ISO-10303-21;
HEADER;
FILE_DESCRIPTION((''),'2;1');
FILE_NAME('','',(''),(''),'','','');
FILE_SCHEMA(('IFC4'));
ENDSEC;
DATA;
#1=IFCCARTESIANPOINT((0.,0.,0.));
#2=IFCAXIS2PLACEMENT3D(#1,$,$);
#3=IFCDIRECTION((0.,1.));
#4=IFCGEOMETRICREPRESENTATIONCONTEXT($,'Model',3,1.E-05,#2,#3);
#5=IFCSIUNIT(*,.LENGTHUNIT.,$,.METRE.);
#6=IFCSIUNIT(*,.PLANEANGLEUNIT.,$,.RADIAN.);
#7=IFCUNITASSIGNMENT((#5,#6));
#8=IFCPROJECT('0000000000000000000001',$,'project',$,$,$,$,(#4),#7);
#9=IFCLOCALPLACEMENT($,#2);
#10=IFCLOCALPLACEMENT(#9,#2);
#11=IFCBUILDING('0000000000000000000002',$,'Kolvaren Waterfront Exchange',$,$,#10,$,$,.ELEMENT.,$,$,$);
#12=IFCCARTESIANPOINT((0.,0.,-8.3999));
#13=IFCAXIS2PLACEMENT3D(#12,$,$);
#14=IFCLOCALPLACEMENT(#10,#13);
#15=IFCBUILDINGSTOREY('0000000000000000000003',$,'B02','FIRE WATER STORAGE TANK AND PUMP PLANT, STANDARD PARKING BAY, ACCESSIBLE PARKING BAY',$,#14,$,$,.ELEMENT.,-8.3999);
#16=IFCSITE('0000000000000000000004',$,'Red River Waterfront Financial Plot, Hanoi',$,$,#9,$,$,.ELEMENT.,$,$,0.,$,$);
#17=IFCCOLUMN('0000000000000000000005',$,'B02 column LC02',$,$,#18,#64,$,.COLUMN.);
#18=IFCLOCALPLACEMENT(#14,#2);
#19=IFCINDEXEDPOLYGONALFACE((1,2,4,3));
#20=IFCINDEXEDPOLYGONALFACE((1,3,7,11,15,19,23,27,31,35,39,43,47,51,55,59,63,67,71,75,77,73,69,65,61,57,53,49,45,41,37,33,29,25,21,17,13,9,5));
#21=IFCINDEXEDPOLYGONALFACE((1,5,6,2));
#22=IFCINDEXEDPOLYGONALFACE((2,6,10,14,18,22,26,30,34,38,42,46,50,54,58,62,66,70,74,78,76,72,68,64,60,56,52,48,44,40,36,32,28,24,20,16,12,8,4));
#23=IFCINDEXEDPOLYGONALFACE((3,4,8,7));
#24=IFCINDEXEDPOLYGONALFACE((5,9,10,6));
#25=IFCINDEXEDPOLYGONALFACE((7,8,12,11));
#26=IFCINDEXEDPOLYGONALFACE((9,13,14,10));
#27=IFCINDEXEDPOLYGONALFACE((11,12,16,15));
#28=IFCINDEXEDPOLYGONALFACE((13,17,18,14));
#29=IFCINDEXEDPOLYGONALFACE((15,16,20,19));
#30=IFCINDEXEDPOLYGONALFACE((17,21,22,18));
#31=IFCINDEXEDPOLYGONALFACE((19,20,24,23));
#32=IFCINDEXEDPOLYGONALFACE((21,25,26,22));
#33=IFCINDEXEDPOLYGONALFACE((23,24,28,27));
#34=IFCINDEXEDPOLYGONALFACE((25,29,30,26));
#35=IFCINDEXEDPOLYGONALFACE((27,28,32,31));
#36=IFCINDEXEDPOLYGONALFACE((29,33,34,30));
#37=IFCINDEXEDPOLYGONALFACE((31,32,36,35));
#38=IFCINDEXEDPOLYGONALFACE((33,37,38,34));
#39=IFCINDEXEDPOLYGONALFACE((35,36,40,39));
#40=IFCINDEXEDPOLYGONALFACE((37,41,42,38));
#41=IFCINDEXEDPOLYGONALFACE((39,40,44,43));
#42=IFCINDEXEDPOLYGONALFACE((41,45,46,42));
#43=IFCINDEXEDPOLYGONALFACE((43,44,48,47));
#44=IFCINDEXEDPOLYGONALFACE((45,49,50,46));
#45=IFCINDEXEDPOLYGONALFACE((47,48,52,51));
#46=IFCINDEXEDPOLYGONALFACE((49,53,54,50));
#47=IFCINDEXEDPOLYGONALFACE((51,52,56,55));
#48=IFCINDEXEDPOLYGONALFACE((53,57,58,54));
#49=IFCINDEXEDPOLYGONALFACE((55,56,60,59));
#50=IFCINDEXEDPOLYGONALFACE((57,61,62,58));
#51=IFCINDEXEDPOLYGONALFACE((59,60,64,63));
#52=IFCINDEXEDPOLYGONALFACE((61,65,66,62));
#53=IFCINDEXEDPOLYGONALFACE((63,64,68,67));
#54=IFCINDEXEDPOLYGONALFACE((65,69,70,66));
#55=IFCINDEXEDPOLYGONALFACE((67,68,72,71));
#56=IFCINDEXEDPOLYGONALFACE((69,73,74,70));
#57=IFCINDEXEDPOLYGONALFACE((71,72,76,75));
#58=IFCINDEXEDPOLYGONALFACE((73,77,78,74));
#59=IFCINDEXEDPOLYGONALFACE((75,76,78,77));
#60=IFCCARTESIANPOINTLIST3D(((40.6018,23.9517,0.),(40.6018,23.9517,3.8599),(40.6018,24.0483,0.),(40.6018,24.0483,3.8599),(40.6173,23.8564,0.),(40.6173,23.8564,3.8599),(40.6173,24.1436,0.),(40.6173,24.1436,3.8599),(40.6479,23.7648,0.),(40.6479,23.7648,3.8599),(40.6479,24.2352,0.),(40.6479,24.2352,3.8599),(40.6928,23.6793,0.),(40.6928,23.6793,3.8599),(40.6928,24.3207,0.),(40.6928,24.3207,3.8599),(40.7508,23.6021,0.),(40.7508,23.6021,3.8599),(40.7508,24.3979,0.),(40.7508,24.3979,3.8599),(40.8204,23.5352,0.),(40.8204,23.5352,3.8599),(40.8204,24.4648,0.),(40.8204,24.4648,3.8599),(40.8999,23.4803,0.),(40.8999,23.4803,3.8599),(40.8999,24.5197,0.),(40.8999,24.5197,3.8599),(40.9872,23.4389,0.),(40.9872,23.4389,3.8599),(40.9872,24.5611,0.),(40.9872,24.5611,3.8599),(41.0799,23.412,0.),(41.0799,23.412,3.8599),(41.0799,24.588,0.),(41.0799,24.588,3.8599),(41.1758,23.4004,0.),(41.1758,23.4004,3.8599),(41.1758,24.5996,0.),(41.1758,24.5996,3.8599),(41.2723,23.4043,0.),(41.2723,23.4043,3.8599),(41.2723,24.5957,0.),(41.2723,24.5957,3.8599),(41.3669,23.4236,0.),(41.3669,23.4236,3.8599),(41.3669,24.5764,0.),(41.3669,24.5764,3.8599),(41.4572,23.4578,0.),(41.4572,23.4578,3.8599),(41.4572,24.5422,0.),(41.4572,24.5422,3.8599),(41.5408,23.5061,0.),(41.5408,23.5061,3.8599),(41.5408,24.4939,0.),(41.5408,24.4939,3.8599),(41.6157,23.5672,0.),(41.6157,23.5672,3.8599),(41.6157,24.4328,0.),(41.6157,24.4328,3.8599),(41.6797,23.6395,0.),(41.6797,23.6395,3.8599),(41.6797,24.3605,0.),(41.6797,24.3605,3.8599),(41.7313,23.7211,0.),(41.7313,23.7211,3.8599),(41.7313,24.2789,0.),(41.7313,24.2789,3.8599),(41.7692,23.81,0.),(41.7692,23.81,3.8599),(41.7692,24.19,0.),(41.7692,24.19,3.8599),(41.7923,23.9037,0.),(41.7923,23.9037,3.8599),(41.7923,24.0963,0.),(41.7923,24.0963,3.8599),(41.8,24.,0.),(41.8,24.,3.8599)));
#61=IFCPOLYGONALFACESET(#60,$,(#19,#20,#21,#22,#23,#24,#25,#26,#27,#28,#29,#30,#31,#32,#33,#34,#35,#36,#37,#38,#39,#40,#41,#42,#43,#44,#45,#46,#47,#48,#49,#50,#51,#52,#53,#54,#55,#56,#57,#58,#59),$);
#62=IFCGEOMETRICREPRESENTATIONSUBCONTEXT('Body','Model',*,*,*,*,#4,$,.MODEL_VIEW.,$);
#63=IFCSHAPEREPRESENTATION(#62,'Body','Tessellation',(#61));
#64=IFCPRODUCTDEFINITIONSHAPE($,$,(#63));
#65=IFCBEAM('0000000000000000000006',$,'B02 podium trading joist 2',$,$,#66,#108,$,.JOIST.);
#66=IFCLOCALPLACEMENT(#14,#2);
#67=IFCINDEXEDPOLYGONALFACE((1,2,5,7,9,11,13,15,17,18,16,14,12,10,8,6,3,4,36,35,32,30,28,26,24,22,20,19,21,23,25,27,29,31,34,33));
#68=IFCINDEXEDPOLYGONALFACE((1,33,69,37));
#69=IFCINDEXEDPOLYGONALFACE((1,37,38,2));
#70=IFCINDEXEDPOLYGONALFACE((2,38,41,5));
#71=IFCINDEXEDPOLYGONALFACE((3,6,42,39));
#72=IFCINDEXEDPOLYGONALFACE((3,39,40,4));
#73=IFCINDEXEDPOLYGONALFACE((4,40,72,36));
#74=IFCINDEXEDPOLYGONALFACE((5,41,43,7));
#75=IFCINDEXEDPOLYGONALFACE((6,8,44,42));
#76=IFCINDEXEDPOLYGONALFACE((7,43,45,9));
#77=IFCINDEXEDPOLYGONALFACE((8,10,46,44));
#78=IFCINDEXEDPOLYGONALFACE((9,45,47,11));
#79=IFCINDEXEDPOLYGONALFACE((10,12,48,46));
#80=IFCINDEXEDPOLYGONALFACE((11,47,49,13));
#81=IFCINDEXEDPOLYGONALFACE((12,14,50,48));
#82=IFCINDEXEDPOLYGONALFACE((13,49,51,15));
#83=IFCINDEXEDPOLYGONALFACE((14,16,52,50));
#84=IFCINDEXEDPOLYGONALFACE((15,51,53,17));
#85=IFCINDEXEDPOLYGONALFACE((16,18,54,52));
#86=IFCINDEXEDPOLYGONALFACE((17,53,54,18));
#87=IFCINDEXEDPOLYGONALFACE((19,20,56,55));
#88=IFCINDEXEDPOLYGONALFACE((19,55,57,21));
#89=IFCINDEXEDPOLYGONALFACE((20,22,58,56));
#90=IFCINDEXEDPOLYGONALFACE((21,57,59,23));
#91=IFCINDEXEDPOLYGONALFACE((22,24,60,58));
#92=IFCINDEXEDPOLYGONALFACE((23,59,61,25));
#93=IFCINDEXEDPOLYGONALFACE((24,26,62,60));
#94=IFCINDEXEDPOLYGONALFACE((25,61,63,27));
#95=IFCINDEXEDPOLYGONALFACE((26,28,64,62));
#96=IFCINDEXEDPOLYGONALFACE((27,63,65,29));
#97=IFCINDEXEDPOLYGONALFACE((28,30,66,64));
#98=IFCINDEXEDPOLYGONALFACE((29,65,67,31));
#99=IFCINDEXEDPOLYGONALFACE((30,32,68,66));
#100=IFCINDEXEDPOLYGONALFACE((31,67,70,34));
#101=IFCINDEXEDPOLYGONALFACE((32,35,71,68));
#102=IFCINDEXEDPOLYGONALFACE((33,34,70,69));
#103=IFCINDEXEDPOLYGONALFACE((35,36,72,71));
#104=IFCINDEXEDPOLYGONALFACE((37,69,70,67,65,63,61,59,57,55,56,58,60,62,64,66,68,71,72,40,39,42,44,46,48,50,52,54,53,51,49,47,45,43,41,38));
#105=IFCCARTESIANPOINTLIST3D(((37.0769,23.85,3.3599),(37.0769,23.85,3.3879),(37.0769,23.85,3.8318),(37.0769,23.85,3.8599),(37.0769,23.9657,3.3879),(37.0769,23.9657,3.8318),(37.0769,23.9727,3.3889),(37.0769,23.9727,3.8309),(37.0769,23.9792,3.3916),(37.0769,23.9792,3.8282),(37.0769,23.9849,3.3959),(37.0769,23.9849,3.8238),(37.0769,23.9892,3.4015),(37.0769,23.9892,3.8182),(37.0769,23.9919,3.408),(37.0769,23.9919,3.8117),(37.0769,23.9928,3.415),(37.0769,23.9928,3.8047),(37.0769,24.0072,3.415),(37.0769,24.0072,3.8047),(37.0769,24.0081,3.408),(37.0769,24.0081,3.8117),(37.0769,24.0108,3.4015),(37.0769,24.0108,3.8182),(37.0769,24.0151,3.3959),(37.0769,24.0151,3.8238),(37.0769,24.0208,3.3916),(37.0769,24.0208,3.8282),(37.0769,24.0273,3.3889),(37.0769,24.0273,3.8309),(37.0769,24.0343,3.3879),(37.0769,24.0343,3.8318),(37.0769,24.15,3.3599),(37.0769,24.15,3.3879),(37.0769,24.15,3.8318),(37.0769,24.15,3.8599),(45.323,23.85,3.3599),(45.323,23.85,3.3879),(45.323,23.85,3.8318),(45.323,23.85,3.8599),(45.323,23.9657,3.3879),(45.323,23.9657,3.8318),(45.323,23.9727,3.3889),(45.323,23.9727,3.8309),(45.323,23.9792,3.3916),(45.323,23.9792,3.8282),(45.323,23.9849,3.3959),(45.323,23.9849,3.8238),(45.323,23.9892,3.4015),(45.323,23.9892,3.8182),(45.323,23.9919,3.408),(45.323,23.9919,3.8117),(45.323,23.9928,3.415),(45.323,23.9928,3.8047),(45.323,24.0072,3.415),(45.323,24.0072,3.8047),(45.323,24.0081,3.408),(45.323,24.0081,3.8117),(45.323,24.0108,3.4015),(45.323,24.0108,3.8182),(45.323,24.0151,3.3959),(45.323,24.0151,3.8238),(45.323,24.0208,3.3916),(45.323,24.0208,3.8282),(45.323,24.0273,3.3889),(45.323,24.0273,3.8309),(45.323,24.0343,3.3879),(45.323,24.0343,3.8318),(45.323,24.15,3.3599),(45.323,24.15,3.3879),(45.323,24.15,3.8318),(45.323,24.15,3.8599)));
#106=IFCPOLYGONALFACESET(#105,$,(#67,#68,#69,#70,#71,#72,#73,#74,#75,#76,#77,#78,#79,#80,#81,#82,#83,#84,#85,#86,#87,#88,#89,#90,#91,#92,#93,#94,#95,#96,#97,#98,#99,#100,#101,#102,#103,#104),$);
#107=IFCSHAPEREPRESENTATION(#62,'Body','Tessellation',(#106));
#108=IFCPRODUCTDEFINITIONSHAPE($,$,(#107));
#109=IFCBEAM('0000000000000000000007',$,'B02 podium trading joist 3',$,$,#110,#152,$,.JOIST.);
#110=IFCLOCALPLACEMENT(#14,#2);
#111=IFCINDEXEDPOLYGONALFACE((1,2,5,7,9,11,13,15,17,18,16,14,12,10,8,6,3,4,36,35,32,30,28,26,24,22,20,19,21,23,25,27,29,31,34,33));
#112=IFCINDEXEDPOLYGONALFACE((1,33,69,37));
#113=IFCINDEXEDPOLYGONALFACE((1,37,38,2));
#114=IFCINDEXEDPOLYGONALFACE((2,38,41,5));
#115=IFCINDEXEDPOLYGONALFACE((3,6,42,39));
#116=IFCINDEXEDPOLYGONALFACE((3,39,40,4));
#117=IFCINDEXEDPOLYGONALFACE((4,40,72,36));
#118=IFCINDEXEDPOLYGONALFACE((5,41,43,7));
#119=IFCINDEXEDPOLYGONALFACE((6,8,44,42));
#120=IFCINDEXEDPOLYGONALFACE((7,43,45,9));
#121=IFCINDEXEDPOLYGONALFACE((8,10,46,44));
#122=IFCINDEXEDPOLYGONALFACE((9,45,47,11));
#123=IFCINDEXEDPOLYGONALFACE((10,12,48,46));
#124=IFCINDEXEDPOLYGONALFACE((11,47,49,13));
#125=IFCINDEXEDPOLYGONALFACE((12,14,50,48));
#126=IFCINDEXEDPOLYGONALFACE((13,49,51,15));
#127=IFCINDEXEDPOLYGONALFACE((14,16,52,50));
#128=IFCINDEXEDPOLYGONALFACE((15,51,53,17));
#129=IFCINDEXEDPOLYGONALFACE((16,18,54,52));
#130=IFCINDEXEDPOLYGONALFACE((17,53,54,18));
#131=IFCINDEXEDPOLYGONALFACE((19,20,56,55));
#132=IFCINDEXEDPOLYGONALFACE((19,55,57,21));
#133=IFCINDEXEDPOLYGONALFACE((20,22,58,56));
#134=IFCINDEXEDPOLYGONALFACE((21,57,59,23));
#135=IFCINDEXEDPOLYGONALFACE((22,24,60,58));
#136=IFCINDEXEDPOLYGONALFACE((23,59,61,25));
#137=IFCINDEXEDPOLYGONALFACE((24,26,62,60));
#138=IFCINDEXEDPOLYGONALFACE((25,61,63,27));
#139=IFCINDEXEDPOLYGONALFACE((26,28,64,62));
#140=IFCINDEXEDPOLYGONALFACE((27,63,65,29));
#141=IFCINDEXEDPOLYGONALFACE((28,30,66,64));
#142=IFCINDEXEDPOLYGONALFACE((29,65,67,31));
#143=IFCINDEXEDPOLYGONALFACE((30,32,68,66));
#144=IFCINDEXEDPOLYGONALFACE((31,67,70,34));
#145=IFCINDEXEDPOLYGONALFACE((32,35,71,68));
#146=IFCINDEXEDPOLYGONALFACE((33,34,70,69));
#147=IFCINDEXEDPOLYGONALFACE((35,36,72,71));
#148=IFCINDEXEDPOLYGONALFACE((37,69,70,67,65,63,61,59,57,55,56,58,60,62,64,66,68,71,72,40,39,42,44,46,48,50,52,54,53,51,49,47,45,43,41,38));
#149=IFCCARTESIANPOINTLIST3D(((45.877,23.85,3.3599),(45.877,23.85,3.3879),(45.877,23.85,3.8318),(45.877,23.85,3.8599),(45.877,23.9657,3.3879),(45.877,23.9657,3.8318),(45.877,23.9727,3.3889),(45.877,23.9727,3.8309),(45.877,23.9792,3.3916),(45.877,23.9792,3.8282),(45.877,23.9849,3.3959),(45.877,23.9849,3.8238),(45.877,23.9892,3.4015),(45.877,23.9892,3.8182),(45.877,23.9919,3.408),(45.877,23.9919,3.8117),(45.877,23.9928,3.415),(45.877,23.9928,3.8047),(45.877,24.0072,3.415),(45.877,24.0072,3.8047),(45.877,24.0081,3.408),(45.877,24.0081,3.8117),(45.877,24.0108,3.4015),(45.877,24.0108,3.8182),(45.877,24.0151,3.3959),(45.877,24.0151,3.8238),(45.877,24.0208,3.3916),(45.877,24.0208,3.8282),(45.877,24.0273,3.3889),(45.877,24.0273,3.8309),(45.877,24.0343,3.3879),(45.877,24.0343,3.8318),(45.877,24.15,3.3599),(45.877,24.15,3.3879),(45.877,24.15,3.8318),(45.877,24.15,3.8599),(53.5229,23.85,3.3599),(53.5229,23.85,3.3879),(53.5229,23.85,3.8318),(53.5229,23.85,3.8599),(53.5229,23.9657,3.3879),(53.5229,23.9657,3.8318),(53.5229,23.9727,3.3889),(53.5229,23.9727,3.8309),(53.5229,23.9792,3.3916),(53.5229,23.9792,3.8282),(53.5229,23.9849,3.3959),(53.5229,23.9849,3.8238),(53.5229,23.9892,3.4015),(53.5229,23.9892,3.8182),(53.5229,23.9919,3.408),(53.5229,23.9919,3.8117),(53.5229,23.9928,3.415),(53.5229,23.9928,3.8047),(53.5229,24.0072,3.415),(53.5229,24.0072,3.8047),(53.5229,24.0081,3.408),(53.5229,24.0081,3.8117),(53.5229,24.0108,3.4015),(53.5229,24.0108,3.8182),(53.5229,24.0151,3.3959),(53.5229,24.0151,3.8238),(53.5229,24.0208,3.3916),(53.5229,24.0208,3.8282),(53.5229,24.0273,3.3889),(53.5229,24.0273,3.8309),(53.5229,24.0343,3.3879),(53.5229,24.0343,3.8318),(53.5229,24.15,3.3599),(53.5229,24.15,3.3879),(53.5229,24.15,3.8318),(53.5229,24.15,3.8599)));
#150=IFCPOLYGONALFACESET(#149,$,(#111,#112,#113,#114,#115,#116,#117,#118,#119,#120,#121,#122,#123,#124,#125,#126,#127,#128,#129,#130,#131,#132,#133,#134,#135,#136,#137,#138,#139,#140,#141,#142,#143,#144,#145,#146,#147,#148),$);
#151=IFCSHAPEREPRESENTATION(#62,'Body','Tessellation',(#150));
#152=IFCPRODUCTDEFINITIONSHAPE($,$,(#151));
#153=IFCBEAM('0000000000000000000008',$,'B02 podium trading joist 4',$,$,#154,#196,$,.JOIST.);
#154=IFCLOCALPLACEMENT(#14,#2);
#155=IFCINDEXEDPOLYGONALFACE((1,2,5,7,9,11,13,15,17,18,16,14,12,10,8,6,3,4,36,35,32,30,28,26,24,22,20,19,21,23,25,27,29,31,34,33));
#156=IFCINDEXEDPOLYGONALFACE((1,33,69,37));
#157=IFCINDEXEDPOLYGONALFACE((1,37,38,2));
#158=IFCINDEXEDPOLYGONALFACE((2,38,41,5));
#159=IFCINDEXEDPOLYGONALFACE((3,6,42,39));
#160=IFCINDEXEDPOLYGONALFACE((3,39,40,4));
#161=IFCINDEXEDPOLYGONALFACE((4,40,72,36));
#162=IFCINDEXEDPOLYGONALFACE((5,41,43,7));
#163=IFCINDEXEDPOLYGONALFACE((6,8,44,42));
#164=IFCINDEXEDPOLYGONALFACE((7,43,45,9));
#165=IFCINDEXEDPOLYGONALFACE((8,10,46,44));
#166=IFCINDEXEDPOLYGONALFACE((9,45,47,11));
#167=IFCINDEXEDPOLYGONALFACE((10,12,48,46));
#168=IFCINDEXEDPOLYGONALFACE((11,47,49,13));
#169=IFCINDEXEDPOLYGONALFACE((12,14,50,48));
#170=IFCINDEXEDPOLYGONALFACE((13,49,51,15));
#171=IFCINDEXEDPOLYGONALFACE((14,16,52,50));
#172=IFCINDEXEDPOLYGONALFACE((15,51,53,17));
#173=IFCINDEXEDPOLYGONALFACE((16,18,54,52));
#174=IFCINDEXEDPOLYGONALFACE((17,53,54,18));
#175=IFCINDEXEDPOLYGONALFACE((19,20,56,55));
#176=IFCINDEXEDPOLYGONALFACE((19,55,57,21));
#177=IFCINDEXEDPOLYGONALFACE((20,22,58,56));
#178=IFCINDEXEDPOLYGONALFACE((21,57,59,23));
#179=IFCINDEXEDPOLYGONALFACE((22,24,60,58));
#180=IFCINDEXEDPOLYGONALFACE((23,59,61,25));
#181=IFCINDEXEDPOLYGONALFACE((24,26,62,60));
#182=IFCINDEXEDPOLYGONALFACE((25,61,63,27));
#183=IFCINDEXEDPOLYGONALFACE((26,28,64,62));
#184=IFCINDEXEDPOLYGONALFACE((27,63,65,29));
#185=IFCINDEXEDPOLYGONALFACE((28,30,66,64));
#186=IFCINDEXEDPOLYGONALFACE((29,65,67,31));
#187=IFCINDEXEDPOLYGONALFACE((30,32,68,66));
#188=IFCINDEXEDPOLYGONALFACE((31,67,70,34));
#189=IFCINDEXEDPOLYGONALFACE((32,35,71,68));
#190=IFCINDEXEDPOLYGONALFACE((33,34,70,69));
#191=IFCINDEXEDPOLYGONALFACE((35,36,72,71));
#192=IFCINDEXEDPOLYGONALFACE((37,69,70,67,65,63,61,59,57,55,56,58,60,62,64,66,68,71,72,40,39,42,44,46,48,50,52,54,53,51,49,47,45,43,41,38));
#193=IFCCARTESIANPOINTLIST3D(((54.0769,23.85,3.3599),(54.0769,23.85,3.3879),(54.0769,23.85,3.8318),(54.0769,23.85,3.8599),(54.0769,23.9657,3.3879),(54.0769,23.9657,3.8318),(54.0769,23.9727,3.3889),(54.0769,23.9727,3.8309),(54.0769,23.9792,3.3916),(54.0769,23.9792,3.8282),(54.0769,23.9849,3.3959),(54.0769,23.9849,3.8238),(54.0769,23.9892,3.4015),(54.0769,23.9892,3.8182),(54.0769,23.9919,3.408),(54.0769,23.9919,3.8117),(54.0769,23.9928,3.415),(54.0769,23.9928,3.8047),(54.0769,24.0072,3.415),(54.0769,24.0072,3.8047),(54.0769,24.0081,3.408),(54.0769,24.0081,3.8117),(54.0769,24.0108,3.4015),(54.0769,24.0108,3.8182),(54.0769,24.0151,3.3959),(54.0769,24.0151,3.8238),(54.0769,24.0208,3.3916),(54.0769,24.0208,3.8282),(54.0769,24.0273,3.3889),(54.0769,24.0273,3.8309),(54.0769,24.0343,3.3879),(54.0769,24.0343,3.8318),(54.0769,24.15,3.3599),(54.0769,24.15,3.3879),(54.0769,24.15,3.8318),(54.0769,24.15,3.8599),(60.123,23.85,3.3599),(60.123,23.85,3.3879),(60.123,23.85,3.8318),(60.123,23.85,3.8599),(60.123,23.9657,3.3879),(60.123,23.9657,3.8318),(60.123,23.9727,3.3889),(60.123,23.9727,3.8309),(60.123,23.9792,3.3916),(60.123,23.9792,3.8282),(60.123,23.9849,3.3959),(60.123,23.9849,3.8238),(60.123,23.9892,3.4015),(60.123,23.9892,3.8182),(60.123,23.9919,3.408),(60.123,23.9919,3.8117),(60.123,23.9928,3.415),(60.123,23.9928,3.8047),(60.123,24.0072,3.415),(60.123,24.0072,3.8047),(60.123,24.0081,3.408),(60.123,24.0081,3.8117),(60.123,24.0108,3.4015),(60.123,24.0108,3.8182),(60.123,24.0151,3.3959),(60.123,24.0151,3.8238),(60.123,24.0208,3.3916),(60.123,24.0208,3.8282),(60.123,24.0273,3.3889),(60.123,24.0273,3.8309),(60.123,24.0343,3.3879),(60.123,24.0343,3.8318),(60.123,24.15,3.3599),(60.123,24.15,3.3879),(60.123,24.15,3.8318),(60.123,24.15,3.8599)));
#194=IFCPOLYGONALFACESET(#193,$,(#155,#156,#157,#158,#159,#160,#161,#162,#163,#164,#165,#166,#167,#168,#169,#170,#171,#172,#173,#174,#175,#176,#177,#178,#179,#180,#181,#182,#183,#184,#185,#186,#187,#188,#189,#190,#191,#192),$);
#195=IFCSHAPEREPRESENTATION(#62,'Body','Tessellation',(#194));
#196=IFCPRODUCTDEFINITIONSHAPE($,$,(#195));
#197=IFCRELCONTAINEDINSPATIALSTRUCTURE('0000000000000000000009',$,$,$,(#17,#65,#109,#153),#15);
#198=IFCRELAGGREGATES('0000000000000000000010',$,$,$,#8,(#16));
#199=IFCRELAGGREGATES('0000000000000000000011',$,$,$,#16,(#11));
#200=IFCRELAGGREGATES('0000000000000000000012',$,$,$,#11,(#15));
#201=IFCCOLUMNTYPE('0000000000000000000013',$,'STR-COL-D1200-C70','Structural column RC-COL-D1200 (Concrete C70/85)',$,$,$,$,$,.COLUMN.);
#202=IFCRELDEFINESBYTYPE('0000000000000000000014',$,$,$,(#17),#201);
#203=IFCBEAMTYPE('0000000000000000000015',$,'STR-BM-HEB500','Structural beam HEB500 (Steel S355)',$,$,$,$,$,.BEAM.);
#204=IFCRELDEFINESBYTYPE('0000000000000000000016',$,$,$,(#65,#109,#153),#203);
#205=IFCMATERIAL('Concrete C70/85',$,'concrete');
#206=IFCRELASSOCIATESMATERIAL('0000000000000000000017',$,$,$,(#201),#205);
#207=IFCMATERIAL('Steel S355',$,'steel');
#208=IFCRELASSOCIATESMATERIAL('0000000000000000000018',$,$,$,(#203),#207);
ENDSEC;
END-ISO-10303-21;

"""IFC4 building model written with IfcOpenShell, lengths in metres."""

from ifc_helpers import new_model, si_unit, direction, frame, origin, origin_2d, place, context, subcontext, project, spatial, circle, i_section, extrude, material, material_profile, profile_set, type_object, element, save


model = new_model("IFC4")

# Units and contexts
model_context = context("Model", 3, precision=1e-05, world=origin(), true_north=direction((0.0, 1.0)))
body_context = subcontext(model_context, "Body", "Model", "MODEL_VIEW")
ifc_project = project(units=[si_unit("LENGTHUNIT", "METRE"), si_unit("PLANEANGLEUNIT", "RADIAN")], contexts=[model_context])

# Site, building, storey
site_placement = place(None, origin())
site = spatial("IfcSite", under=ifc_project, at=site_placement, Name="Red River Waterfront Financial Plot, Hanoi", CompositionType="ELEMENT", RefElevation=0.0)
building_placement = place(site_placement, origin())
building = spatial("IfcBuilding", under=site, at=building_placement, Name="Kolvaren Waterfront Exchange", CompositionType="ELEMENT")
storey_placement = place(building_placement, frame((0.0, 0.0, -8.3999)))
storey = spatial("IfcBuildingStorey", under=building, at=storey_placement, Name="B02", Description="FIRE WATER STORAGE TANK AND PUMP PLANT, STANDARD PARKING BAY, ACCESSIBLE PARKING BAY", CompositionType="ELEMENT", Elevation=-8.3999)

# Column
ifc_material_1 = material(Name="Concrete C70/85", Category="concrete")
ifc_material_profile_1 = material_profile(ifc_material_1, circle(Radius=0.6001, at=origin_2d()), Name="RC-COL-D1200")
ifc_profile_set_1 = profile_set([ifc_material_profile_1], Name="Concrete C70/85")
column_type_1 = type_object("IfcColumnType", Name="STR-COL-D1200-C70", Description="Structural column RC-COL-D1200 (Concrete C70/85)", PredefinedType="COLUMN", material=ifc_profile_set_1)
column_1_placement = place(storey_placement, frame((41.2, 24.0, 0.0), z_axis=(0.0, 0.0, 1.0), x_axis=(1.0, 0.0, 0.0)))
element("IfcColumn", 1, at=column_1_placement, inside=storey, type_object=column_type_1, Name="B02 column LC02", PredefinedType="COLUMN", context=body_context, shape_type="SweptSolid", body=[
    extrude(circle(Radius=0.6001, at=origin_2d()), origin(), (0.0, 0.0, 1.0), 3.8599),
])

# Beams
ifc_material_2 = material(Name="Steel S355", Category="steel")
ifc_material_profile_2 = material_profile(ifc_material_2, i_section(OverallWidth=0.3, OverallDepth=0.5, WebThickness=0.0144, FlangeThickness=0.0281, FilletRadius=0.0271, at=origin_2d()), Name="HEB500")
ifc_profile_set_2 = profile_set([ifc_material_profile_2], Name="Steel S355")
beam_type_1 = type_object("IfcBeamType", Name="STR-BM-HEB500", Description="Structural beam HEB500 (Steel S355)", PredefinedType="BEAM", material=ifc_profile_set_2)
beam_1_placement = place(storey_placement, frame((37.0769, 24.0, 3.6099), z_axis=(1.0, 0.0, 0.0), x_axis=(0.0, 1.0, 0.0)))
element("IfcBeam", 2, at=beam_1_placement, inside=storey, type_object=beam_type_1, Name="B02 podium trading joist 2", PredefinedType="JOIST", context=body_context, shape_type="SweptSolid", body=[
    extrude(i_section(OverallWidth=0.3, OverallDepth=0.5, WebThickness=0.0144, FlangeThickness=0.0281, FilletRadius=0.0271, at=origin_2d()), origin(), (0.0, 0.0, 1.0), 8.2461),
])
beam_2_placement = place(storey_placement, frame((45.877, 24.0, 3.6099), z_axis=(1.0, 0.0, 0.0), x_axis=(0.0, 1.0, 0.0)))
element("IfcBeam", 3, at=beam_2_placement, inside=storey, type_object=beam_type_1, Name="B02 podium trading joist 3", PredefinedType="JOIST", context=body_context, shape_type="SweptSolid", body=[
    extrude(i_section(OverallWidth=0.3, OverallDepth=0.5, WebThickness=0.0144, FlangeThickness=0.0281, FilletRadius=0.0271, at=origin_2d()), origin(), (0.0, 0.0, 1.0), 7.646),
])
beam_3_placement = place(storey_placement, frame((54.0769, 24.0, 3.6099), z_axis=(1.0, 0.0, 0.0), x_axis=(0.0, 1.0, 0.0)))
element("IfcBeam", 4, at=beam_3_placement, inside=storey, type_object=beam_type_1, Name="B02 podium trading joist 4", PredefinedType="JOIST", context=body_context, shape_type="SweptSolid", body=[
    extrude(i_section(OverallWidth=0.3, OverallDepth=0.5, WebThickness=0.0144, FlangeThickness=0.0281, FilletRadius=0.0271, at=origin_2d()), origin(), (0.0, 0.0, 1.0), 6.0461),
])

save(model, "model.ifc")
